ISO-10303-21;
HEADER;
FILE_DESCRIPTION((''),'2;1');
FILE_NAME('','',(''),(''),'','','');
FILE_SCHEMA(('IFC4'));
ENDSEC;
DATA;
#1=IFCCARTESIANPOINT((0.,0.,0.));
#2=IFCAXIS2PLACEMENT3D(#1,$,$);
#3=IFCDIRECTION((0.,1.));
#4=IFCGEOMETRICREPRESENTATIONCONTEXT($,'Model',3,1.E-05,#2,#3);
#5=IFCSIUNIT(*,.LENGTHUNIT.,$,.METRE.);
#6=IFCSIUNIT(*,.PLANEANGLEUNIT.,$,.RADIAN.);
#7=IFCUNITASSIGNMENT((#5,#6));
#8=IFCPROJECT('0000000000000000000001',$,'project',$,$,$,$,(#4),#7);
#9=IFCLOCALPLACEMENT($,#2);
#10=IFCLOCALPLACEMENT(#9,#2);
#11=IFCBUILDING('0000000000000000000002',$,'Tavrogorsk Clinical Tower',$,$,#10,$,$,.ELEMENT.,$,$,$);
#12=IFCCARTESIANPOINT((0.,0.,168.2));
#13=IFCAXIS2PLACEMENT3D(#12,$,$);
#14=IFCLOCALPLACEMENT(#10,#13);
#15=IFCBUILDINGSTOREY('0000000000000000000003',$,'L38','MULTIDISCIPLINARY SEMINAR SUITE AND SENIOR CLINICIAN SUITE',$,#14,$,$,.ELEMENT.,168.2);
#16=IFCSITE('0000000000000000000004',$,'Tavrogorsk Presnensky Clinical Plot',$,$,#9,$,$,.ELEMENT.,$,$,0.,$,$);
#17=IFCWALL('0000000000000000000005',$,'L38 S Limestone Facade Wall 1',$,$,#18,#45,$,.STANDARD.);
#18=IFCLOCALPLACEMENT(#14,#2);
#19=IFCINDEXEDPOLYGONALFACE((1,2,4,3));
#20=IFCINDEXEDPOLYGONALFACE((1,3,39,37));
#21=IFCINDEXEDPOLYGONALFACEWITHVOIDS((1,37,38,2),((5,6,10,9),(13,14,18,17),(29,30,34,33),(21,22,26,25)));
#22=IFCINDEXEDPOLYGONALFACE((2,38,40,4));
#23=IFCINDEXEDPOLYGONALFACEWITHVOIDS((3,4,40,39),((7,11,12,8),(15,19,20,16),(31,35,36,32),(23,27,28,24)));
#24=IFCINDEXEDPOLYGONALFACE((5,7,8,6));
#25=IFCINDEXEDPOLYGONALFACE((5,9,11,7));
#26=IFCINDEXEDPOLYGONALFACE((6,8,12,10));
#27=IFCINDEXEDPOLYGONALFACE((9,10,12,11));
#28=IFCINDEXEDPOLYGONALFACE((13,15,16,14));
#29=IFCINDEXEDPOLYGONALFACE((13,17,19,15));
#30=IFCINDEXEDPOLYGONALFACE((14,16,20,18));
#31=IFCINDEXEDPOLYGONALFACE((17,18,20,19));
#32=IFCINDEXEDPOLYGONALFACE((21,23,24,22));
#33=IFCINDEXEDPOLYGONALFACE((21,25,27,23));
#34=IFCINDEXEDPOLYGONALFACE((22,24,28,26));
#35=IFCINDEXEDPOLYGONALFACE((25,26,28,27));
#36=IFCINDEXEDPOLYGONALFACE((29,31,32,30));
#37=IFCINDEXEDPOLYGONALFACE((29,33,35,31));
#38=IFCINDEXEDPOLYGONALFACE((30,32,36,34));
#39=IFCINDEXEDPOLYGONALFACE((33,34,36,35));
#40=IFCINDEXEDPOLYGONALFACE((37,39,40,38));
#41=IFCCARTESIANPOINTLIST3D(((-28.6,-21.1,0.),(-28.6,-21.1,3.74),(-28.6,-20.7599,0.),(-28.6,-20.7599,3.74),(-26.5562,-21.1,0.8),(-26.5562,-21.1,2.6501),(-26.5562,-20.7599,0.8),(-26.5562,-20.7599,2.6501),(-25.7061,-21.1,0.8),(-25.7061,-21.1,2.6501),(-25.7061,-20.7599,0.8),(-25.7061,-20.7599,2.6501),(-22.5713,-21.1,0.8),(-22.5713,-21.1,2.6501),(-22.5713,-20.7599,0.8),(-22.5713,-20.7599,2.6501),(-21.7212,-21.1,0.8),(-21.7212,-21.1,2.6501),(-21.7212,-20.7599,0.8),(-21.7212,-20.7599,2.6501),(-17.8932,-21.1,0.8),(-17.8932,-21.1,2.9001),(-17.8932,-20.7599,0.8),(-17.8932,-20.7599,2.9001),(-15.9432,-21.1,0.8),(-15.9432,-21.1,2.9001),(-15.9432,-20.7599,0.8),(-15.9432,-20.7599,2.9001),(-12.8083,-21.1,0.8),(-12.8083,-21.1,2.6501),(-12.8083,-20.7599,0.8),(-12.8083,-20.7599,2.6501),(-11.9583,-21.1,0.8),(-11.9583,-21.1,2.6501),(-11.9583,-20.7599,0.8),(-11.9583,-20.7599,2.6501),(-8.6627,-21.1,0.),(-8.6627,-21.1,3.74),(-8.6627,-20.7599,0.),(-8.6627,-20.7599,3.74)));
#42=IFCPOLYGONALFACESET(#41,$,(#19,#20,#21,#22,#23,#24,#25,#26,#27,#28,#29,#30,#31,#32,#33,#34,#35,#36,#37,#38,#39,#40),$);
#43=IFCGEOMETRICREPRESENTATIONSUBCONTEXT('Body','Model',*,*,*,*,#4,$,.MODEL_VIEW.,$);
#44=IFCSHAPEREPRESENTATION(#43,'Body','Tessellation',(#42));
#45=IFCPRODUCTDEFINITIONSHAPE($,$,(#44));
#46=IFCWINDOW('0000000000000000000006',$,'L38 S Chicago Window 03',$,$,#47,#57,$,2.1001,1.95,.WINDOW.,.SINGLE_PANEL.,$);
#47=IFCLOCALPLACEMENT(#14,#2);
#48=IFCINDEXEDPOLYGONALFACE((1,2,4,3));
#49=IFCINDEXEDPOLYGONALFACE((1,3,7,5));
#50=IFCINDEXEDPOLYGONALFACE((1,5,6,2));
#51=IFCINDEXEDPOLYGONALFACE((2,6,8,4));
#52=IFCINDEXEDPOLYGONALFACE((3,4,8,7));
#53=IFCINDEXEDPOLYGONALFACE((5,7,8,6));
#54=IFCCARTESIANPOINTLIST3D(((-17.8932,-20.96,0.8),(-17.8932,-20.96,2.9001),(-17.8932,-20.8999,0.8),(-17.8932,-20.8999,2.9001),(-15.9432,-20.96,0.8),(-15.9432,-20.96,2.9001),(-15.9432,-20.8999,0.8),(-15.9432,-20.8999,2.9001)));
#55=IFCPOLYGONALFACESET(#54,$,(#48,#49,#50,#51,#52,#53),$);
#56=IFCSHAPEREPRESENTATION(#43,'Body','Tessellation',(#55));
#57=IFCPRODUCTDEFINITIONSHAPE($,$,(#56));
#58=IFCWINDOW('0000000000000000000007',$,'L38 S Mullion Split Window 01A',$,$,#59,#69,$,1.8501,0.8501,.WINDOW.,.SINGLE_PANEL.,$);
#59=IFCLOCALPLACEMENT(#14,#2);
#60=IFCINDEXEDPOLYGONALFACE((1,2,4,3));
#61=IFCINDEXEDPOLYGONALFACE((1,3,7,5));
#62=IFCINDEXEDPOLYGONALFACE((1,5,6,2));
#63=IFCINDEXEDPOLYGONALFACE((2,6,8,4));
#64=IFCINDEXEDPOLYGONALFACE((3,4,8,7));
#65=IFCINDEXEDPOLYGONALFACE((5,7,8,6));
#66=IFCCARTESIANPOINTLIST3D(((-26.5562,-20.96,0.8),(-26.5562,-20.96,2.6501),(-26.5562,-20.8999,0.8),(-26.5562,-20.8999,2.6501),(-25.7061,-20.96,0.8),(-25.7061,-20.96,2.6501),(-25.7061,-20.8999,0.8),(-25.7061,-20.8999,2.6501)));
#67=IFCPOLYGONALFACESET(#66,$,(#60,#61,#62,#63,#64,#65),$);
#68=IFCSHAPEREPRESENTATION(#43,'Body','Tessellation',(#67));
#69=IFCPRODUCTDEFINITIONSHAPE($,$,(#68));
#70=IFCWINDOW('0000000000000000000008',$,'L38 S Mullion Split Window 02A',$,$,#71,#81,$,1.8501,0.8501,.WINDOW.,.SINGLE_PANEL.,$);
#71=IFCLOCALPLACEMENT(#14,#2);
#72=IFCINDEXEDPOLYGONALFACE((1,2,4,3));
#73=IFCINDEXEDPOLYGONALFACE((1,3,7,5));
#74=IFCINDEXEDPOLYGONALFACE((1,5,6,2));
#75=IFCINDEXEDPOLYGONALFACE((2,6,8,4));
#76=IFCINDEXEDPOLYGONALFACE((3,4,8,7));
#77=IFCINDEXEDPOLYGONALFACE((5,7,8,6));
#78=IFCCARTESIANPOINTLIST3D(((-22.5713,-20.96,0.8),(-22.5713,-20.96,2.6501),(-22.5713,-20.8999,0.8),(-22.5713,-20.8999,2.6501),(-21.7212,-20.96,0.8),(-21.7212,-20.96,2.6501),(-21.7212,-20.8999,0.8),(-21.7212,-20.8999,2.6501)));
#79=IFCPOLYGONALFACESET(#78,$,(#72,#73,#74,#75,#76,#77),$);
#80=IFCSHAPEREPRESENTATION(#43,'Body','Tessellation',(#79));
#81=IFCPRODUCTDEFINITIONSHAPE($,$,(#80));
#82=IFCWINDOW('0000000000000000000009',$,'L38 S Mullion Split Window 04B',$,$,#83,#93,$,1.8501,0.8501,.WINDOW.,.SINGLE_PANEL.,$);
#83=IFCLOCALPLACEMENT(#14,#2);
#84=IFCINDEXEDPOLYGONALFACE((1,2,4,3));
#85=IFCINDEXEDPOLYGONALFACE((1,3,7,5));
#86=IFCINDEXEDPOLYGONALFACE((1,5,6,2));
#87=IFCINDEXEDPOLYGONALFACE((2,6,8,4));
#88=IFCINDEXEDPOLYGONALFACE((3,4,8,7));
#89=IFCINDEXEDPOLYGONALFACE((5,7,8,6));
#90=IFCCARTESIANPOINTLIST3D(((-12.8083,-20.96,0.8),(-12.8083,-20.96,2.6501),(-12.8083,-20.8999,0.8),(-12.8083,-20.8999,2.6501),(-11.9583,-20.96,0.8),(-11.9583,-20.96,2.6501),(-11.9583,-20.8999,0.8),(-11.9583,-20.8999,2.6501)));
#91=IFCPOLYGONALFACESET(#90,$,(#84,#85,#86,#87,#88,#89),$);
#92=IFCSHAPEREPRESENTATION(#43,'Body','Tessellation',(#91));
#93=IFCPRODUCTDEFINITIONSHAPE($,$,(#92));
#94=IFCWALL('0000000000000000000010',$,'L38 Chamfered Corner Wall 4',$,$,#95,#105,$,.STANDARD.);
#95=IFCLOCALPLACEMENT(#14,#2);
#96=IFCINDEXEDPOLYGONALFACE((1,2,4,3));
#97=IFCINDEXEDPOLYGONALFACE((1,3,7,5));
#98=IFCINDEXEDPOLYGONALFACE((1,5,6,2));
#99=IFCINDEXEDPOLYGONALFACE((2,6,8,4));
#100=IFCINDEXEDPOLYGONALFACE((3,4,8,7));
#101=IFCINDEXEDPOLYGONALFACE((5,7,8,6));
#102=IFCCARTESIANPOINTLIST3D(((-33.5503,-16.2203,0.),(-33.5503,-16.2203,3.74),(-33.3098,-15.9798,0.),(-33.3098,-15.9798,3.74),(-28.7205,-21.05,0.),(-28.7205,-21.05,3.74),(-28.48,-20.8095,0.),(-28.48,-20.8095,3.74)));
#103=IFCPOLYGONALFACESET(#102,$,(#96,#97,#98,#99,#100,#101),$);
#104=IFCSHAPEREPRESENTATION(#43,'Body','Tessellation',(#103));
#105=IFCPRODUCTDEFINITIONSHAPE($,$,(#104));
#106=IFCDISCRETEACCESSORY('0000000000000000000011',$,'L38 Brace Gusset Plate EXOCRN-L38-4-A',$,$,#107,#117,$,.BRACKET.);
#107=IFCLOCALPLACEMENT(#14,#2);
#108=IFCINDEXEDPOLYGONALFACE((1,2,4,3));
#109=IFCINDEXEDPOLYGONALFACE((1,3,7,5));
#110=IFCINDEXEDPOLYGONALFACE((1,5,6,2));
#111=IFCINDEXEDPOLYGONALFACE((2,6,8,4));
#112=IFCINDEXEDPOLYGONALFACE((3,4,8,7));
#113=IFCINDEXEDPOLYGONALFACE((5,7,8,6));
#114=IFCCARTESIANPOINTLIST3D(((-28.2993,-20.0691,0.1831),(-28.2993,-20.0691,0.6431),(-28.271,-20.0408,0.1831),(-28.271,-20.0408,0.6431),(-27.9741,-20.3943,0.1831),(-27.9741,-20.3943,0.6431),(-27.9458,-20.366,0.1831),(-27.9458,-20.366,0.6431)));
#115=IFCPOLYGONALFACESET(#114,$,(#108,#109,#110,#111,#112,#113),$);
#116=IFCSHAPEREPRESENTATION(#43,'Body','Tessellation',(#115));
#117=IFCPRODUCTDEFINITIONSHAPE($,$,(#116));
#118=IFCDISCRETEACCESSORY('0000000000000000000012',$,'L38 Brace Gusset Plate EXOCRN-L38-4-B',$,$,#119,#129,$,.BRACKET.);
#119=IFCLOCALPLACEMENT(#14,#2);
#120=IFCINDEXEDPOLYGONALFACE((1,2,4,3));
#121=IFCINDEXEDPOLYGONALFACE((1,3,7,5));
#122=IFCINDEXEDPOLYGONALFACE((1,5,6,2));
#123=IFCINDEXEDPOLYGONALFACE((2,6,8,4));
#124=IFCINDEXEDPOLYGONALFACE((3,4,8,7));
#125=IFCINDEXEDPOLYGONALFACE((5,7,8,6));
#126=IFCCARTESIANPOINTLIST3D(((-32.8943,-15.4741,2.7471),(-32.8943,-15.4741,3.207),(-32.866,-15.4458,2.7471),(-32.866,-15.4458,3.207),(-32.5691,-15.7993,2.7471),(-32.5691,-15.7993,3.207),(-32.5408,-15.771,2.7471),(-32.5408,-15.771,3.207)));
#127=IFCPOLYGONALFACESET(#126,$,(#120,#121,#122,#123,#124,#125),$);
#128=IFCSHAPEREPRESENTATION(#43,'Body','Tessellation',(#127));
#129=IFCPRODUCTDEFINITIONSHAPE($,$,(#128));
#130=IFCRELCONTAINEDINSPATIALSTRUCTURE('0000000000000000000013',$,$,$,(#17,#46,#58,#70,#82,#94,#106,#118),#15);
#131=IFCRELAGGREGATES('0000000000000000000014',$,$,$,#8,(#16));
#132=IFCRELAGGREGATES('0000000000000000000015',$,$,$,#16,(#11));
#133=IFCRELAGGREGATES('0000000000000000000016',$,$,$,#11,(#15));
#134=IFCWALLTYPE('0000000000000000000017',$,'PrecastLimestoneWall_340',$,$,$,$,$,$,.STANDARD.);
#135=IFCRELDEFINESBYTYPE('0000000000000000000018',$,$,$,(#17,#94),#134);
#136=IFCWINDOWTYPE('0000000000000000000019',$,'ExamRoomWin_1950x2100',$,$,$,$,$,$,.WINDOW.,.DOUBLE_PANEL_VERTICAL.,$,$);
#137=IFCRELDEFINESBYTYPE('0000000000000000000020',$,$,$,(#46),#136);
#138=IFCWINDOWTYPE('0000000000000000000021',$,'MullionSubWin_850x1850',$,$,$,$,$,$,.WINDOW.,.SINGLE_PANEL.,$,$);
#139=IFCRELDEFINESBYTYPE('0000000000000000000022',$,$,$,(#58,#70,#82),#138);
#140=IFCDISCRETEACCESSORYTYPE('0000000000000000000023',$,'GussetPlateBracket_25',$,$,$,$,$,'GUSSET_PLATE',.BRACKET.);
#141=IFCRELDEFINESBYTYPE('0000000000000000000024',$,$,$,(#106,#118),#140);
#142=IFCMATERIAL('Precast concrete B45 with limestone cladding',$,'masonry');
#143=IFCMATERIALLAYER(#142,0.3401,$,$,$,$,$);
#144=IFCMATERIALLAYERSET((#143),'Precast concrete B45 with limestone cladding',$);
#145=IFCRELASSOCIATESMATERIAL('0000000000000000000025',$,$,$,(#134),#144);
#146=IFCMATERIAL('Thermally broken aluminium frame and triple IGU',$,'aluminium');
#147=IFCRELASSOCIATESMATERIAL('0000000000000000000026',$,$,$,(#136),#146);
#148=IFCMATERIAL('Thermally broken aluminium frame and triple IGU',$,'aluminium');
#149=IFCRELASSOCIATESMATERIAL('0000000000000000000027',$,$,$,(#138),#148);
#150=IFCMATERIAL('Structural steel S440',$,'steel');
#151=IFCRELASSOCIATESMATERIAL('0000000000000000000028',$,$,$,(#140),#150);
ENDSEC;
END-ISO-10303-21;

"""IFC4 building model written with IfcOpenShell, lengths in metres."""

from ifc_helpers import new_model, si_unit, direction, frame, frame_2d, origin, origin_2d, place, context, subcontext, project, spatial, rectangle, extrude, material, layer, layer_set, type_object, element, fill, save


model = new_model("IFC4")

# Units and contexts
model_context = context("Model", 3, precision=1e-05, world=origin(), true_north=direction((0.0, 1.0)))
body_context = subcontext(model_context, "Body", "Model", "MODEL_VIEW")
ifc_project = project(units=[si_unit("LENGTHUNIT", "METRE"), si_unit("PLANEANGLEUNIT", "RADIAN")], contexts=[model_context])

# Site, building, storey
site_placement = place(None, origin())
site = spatial("IfcSite", under=ifc_project, at=site_placement, Name="Tavrogorsk Presnensky Clinical Plot", CompositionType="ELEMENT", RefElevation=0.0)
building_placement = place(site_placement, origin())
building = spatial("IfcBuilding", under=site, at=building_placement, Name="Tavrogorsk Clinical Tower", CompositionType="ELEMENT")
storey_placement = place(building_placement, frame((0.0, 0.0, 168.2)))
storey = spatial("IfcBuildingStorey", under=building, at=storey_placement, Name="L38", Description="MULTIDISCIPLINARY SEMINAR SUITE AND SENIOR CLINICIAN SUITE", CompositionType="ELEMENT", Elevation=168.2)

# Wall, openings, windows
ifc_material_1 = material(Name="Precast concrete B45 with limestone cladding", Category="masonry")
ifc_layer_1 = layer(ifc_material_1, 0.3401)
ifc_layer_set_1 = layer_set([ifc_layer_1], Name="Precast concrete B45 with limestone cladding")
wall_type_1 = type_object("IfcWallType", Name="PrecastLimestoneWall_340", PredefinedType="STANDARD", material=ifc_layer_set_1)
wall_1_placement = place(storey_placement, frame((-28.6001, -20.9299, 0.0), z_axis=(0.0, 0.0, 1.0), x_axis=(1.0, 0.0, 0.0)))
wall_1 = element("IfcWall", 1, at=wall_1_placement, inside=storey, type_object=wall_type_1, Name="L38 S Limestone Facade Wall 1", PredefinedType="STANDARD", context=body_context, shape_type="SweptSolid", body=[
    extrude(rectangle(XDim=19.9373, YDim=0.3401, at=frame_2d((9.9688, 0.0))), origin(), (0.0, 0.0, 1.0), 3.74),
])
opening_1_placement = place(wall_1_placement, frame((2.0439, 0.0, 0.8)))
opening_1 = element("IfcOpeningElement", 2, at=opening_1_placement, cuts=wall_1, PredefinedType="OPENING", context=body_context, shape_type="SweptSolid", body=[
    extrude(rectangle(XDim=0.8501, YDim=1.8501, at=frame_2d((0.425, 0.925))), frame((0.0, 0.1799, 0.0), z_axis=(0.0, -1.0, 0.0), x_axis=(1.0, 0.0, 0.0)), (0.0, 0.0, 1.0), 0.3601),
])
opening_2_placement = place(wall_1_placement, frame((6.0288, 0.0, 0.8)))
opening_2 = element("IfcOpeningElement", 3, at=opening_2_placement, cuts=wall_1, PredefinedType="OPENING", context=body_context, shape_type="SweptSolid", body=[
    extrude(rectangle(XDim=0.8501, YDim=1.8501, at=frame_2d((0.425, 0.925))), frame((0.0, 0.1799, 0.0), z_axis=(0.0, -1.0, 0.0), x_axis=(1.0, 0.0, 0.0)), (0.0, 0.0, 1.0), 0.3601),
])
opening_3_placement = place(wall_1_placement, frame((10.7068, 0.0, 0.8)))
opening_3 = element("IfcOpeningElement", 4, at=opening_3_placement, cuts=wall_1, PredefinedType="OPENING", context=body_context, shape_type="SweptSolid", body=[
    extrude(rectangle(XDim=1.95, YDim=2.1001, at=frame_2d((0.9751, 1.05))), frame((0.0, 0.1799, 0.0), z_axis=(0.0, -1.0, 0.0), x_axis=(1.0, 0.0, 0.0)), (0.0, 0.0, 1.0), 0.3601),
])
opening_4_placement = place(wall_1_placement, frame((15.7917, 0.0, 0.8)))
opening_4 = element("IfcOpeningElement", 5, at=opening_4_placement, cuts=wall_1, PredefinedType="OPENING", context=body_context, shape_type="SweptSolid", body=[
    extrude(rectangle(XDim=0.8501, YDim=1.8501, at=frame_2d((0.425, 0.925))), frame((0.0, 0.1799, 0.0), z_axis=(0.0, -1.0, 0.0), x_axis=(1.0, 0.0, 0.0)), (0.0, 0.0, 1.0), 0.3601),
])
ifc_material_2 = material(Name="Thermally broken aluminium frame and triple IGU", Category="aluminium")
window_type_1 = type_object("IfcWindowType", Name="ExamRoomWin_1950x2100", PartitioningType="DOUBLE_PANEL_VERTICAL", PredefinedType="WINDOW", material=ifc_material_2)
window_1_placement = place(opening_3_placement, origin())
window_1 = element("IfcWindow", 6, at=window_1_placement, inside=storey, type_object=window_type_1, Name="L38 S Chicago Window 03", OverallHeight=2.1001, OverallWidth=1.95, PartitioningType="SINGLE_PANEL", PredefinedType="WINDOW", context=body_context, shape_type="SweptSolid", body=[
    extrude(rectangle(XDim=1.95, YDim=2.1001, at=frame_2d((0.9751, 1.05))), frame((0.0, 0.03, 0.0), z_axis=(0.0, -1.0, 0.0), x_axis=(1.0, 0.0, 0.0)), (0.0, 0.0, 1.0), 0.0601),
])
fill(opening_3, window_1)
ifc_material_3 = material(Name="Thermally broken aluminium frame and triple IGU", Category="aluminium")
window_type_2 = type_object("IfcWindowType", Name="MullionSubWin_850x1850", PartitioningType="SINGLE_PANEL", PredefinedType="WINDOW", material=ifc_material_3)
window_2_placement = place(opening_1_placement, origin())
window_2 = element("IfcWindow", 7, at=window_2_placement, inside=storey, type_object=window_type_2, Name="L38 S Mullion Split Window 01A", OverallHeight=1.8501, OverallWidth=0.8501, PartitioningType="SINGLE_PANEL", PredefinedType="WINDOW", context=body_context, shape_type="SweptSolid", body=[
    extrude(rectangle(XDim=0.8501, YDim=1.8501, at=frame_2d((0.425, 0.925))), frame((0.0, 0.03, 0.0), z_axis=(0.0, -1.0, 0.0), x_axis=(1.0, 0.0, 0.0)), (0.0, 0.0, 1.0), 0.0601),
])
fill(opening_1, window_2)
window_3_placement = place(opening_2_placement, origin())
window_3 = element("IfcWindow", 8, at=window_3_placement, inside=storey, type_object=window_type_2, Name="L38 S Mullion Split Window 02A", OverallHeight=1.8501, OverallWidth=0.8501, PartitioningType="SINGLE_PANEL", PredefinedType="WINDOW", context=body_context, shape_type="SweptSolid", body=[
    extrude(rectangle(XDim=0.8501, YDim=1.8501, at=frame_2d((0.425, 0.925))), frame((0.0, 0.03, 0.0), z_axis=(0.0, -1.0, 0.0), x_axis=(1.0, 0.0, 0.0)), (0.0, 0.0, 1.0), 0.0601),
])
fill(opening_2, window_3)
window_4_placement = place(opening_4_placement, origin())
window_4 = element("IfcWindow", 9, at=window_4_placement, inside=storey, type_object=window_type_2, Name="L38 S Mullion Split Window 04B", OverallHeight=1.8501, OverallWidth=0.8501, PartitioningType="SINGLE_PANEL", PredefinedType="WINDOW", context=body_context, shape_type="SweptSolid", body=[
    extrude(rectangle(XDim=0.8501, YDim=1.8501, at=frame_2d((0.425, 0.925))), frame((0.0, 0.03, 0.0), z_axis=(0.0, -1.0, 0.0), x_axis=(1.0, 0.0, 0.0)), (0.0, 0.0, 1.0), 0.0601),
])
fill(opening_4, window_4)

# Wall
wall_2_placement = place(storey_placement, frame((-33.4299, -16.1001, 0.0), z_axis=(0.0, 0.0, 1.0), x_axis=(0.707107, -0.707107, 0.0)))
element("IfcWall", 10, at=wall_2_placement, inside=storey, type_object=wall_type_1, Name="L38 Chamfered Corner Wall 4", PredefinedType="STANDARD", context=body_context, shape_type="SweptSolid", body=[
    extrude(rectangle(XDim=6.8303, YDim=0.3401, at=frame_2d((3.415, 0.0))), origin(), (0.0, 0.0, 1.0), 3.74),
])

# Discrete accessories
ifc_material_4 = material(Name="Structural steel S440", Category="steel")
discrete_accessory_type = type_object("IfcDiscreteAccessoryType", Name="GussetPlateBracket_25", ElementType="GUSSET_PLATE", PredefinedType="BRACKET", material=ifc_material_4)
for number, where, z_axis, x_axis, name in (
    (11, (-28.1226, -20.2175, 0.1831), (0.0, 0.0, 1.0), (-0.707107, 0.707107, 0.0), "L38 Brace Gusset Plate EXOCRN-L38-4-A"),
    (12, (-32.7175, -15.6226, 2.7471), (0.0, 0.0, 1.0), (-0.707107, 0.707107, 0.0), "L38 Brace Gusset Plate EXOCRN-L38-4-B"),
):
    element("IfcDiscreteAccessory", number, at=place(storey_placement, frame(where, z_axis=z_axis, x_axis=x_axis)), inside=storey, type_object=discrete_accessory_type, Name=name, PredefinedType="BRACKET", context=body_context, shape_type="SweptSolid", body=[
        extrude(rectangle(XDim=0.46, YDim=0.04, at=origin_2d()), origin(), (0.0, 0.0, 1.0), 0.46),
    ])

save(model, "model.ifc")
